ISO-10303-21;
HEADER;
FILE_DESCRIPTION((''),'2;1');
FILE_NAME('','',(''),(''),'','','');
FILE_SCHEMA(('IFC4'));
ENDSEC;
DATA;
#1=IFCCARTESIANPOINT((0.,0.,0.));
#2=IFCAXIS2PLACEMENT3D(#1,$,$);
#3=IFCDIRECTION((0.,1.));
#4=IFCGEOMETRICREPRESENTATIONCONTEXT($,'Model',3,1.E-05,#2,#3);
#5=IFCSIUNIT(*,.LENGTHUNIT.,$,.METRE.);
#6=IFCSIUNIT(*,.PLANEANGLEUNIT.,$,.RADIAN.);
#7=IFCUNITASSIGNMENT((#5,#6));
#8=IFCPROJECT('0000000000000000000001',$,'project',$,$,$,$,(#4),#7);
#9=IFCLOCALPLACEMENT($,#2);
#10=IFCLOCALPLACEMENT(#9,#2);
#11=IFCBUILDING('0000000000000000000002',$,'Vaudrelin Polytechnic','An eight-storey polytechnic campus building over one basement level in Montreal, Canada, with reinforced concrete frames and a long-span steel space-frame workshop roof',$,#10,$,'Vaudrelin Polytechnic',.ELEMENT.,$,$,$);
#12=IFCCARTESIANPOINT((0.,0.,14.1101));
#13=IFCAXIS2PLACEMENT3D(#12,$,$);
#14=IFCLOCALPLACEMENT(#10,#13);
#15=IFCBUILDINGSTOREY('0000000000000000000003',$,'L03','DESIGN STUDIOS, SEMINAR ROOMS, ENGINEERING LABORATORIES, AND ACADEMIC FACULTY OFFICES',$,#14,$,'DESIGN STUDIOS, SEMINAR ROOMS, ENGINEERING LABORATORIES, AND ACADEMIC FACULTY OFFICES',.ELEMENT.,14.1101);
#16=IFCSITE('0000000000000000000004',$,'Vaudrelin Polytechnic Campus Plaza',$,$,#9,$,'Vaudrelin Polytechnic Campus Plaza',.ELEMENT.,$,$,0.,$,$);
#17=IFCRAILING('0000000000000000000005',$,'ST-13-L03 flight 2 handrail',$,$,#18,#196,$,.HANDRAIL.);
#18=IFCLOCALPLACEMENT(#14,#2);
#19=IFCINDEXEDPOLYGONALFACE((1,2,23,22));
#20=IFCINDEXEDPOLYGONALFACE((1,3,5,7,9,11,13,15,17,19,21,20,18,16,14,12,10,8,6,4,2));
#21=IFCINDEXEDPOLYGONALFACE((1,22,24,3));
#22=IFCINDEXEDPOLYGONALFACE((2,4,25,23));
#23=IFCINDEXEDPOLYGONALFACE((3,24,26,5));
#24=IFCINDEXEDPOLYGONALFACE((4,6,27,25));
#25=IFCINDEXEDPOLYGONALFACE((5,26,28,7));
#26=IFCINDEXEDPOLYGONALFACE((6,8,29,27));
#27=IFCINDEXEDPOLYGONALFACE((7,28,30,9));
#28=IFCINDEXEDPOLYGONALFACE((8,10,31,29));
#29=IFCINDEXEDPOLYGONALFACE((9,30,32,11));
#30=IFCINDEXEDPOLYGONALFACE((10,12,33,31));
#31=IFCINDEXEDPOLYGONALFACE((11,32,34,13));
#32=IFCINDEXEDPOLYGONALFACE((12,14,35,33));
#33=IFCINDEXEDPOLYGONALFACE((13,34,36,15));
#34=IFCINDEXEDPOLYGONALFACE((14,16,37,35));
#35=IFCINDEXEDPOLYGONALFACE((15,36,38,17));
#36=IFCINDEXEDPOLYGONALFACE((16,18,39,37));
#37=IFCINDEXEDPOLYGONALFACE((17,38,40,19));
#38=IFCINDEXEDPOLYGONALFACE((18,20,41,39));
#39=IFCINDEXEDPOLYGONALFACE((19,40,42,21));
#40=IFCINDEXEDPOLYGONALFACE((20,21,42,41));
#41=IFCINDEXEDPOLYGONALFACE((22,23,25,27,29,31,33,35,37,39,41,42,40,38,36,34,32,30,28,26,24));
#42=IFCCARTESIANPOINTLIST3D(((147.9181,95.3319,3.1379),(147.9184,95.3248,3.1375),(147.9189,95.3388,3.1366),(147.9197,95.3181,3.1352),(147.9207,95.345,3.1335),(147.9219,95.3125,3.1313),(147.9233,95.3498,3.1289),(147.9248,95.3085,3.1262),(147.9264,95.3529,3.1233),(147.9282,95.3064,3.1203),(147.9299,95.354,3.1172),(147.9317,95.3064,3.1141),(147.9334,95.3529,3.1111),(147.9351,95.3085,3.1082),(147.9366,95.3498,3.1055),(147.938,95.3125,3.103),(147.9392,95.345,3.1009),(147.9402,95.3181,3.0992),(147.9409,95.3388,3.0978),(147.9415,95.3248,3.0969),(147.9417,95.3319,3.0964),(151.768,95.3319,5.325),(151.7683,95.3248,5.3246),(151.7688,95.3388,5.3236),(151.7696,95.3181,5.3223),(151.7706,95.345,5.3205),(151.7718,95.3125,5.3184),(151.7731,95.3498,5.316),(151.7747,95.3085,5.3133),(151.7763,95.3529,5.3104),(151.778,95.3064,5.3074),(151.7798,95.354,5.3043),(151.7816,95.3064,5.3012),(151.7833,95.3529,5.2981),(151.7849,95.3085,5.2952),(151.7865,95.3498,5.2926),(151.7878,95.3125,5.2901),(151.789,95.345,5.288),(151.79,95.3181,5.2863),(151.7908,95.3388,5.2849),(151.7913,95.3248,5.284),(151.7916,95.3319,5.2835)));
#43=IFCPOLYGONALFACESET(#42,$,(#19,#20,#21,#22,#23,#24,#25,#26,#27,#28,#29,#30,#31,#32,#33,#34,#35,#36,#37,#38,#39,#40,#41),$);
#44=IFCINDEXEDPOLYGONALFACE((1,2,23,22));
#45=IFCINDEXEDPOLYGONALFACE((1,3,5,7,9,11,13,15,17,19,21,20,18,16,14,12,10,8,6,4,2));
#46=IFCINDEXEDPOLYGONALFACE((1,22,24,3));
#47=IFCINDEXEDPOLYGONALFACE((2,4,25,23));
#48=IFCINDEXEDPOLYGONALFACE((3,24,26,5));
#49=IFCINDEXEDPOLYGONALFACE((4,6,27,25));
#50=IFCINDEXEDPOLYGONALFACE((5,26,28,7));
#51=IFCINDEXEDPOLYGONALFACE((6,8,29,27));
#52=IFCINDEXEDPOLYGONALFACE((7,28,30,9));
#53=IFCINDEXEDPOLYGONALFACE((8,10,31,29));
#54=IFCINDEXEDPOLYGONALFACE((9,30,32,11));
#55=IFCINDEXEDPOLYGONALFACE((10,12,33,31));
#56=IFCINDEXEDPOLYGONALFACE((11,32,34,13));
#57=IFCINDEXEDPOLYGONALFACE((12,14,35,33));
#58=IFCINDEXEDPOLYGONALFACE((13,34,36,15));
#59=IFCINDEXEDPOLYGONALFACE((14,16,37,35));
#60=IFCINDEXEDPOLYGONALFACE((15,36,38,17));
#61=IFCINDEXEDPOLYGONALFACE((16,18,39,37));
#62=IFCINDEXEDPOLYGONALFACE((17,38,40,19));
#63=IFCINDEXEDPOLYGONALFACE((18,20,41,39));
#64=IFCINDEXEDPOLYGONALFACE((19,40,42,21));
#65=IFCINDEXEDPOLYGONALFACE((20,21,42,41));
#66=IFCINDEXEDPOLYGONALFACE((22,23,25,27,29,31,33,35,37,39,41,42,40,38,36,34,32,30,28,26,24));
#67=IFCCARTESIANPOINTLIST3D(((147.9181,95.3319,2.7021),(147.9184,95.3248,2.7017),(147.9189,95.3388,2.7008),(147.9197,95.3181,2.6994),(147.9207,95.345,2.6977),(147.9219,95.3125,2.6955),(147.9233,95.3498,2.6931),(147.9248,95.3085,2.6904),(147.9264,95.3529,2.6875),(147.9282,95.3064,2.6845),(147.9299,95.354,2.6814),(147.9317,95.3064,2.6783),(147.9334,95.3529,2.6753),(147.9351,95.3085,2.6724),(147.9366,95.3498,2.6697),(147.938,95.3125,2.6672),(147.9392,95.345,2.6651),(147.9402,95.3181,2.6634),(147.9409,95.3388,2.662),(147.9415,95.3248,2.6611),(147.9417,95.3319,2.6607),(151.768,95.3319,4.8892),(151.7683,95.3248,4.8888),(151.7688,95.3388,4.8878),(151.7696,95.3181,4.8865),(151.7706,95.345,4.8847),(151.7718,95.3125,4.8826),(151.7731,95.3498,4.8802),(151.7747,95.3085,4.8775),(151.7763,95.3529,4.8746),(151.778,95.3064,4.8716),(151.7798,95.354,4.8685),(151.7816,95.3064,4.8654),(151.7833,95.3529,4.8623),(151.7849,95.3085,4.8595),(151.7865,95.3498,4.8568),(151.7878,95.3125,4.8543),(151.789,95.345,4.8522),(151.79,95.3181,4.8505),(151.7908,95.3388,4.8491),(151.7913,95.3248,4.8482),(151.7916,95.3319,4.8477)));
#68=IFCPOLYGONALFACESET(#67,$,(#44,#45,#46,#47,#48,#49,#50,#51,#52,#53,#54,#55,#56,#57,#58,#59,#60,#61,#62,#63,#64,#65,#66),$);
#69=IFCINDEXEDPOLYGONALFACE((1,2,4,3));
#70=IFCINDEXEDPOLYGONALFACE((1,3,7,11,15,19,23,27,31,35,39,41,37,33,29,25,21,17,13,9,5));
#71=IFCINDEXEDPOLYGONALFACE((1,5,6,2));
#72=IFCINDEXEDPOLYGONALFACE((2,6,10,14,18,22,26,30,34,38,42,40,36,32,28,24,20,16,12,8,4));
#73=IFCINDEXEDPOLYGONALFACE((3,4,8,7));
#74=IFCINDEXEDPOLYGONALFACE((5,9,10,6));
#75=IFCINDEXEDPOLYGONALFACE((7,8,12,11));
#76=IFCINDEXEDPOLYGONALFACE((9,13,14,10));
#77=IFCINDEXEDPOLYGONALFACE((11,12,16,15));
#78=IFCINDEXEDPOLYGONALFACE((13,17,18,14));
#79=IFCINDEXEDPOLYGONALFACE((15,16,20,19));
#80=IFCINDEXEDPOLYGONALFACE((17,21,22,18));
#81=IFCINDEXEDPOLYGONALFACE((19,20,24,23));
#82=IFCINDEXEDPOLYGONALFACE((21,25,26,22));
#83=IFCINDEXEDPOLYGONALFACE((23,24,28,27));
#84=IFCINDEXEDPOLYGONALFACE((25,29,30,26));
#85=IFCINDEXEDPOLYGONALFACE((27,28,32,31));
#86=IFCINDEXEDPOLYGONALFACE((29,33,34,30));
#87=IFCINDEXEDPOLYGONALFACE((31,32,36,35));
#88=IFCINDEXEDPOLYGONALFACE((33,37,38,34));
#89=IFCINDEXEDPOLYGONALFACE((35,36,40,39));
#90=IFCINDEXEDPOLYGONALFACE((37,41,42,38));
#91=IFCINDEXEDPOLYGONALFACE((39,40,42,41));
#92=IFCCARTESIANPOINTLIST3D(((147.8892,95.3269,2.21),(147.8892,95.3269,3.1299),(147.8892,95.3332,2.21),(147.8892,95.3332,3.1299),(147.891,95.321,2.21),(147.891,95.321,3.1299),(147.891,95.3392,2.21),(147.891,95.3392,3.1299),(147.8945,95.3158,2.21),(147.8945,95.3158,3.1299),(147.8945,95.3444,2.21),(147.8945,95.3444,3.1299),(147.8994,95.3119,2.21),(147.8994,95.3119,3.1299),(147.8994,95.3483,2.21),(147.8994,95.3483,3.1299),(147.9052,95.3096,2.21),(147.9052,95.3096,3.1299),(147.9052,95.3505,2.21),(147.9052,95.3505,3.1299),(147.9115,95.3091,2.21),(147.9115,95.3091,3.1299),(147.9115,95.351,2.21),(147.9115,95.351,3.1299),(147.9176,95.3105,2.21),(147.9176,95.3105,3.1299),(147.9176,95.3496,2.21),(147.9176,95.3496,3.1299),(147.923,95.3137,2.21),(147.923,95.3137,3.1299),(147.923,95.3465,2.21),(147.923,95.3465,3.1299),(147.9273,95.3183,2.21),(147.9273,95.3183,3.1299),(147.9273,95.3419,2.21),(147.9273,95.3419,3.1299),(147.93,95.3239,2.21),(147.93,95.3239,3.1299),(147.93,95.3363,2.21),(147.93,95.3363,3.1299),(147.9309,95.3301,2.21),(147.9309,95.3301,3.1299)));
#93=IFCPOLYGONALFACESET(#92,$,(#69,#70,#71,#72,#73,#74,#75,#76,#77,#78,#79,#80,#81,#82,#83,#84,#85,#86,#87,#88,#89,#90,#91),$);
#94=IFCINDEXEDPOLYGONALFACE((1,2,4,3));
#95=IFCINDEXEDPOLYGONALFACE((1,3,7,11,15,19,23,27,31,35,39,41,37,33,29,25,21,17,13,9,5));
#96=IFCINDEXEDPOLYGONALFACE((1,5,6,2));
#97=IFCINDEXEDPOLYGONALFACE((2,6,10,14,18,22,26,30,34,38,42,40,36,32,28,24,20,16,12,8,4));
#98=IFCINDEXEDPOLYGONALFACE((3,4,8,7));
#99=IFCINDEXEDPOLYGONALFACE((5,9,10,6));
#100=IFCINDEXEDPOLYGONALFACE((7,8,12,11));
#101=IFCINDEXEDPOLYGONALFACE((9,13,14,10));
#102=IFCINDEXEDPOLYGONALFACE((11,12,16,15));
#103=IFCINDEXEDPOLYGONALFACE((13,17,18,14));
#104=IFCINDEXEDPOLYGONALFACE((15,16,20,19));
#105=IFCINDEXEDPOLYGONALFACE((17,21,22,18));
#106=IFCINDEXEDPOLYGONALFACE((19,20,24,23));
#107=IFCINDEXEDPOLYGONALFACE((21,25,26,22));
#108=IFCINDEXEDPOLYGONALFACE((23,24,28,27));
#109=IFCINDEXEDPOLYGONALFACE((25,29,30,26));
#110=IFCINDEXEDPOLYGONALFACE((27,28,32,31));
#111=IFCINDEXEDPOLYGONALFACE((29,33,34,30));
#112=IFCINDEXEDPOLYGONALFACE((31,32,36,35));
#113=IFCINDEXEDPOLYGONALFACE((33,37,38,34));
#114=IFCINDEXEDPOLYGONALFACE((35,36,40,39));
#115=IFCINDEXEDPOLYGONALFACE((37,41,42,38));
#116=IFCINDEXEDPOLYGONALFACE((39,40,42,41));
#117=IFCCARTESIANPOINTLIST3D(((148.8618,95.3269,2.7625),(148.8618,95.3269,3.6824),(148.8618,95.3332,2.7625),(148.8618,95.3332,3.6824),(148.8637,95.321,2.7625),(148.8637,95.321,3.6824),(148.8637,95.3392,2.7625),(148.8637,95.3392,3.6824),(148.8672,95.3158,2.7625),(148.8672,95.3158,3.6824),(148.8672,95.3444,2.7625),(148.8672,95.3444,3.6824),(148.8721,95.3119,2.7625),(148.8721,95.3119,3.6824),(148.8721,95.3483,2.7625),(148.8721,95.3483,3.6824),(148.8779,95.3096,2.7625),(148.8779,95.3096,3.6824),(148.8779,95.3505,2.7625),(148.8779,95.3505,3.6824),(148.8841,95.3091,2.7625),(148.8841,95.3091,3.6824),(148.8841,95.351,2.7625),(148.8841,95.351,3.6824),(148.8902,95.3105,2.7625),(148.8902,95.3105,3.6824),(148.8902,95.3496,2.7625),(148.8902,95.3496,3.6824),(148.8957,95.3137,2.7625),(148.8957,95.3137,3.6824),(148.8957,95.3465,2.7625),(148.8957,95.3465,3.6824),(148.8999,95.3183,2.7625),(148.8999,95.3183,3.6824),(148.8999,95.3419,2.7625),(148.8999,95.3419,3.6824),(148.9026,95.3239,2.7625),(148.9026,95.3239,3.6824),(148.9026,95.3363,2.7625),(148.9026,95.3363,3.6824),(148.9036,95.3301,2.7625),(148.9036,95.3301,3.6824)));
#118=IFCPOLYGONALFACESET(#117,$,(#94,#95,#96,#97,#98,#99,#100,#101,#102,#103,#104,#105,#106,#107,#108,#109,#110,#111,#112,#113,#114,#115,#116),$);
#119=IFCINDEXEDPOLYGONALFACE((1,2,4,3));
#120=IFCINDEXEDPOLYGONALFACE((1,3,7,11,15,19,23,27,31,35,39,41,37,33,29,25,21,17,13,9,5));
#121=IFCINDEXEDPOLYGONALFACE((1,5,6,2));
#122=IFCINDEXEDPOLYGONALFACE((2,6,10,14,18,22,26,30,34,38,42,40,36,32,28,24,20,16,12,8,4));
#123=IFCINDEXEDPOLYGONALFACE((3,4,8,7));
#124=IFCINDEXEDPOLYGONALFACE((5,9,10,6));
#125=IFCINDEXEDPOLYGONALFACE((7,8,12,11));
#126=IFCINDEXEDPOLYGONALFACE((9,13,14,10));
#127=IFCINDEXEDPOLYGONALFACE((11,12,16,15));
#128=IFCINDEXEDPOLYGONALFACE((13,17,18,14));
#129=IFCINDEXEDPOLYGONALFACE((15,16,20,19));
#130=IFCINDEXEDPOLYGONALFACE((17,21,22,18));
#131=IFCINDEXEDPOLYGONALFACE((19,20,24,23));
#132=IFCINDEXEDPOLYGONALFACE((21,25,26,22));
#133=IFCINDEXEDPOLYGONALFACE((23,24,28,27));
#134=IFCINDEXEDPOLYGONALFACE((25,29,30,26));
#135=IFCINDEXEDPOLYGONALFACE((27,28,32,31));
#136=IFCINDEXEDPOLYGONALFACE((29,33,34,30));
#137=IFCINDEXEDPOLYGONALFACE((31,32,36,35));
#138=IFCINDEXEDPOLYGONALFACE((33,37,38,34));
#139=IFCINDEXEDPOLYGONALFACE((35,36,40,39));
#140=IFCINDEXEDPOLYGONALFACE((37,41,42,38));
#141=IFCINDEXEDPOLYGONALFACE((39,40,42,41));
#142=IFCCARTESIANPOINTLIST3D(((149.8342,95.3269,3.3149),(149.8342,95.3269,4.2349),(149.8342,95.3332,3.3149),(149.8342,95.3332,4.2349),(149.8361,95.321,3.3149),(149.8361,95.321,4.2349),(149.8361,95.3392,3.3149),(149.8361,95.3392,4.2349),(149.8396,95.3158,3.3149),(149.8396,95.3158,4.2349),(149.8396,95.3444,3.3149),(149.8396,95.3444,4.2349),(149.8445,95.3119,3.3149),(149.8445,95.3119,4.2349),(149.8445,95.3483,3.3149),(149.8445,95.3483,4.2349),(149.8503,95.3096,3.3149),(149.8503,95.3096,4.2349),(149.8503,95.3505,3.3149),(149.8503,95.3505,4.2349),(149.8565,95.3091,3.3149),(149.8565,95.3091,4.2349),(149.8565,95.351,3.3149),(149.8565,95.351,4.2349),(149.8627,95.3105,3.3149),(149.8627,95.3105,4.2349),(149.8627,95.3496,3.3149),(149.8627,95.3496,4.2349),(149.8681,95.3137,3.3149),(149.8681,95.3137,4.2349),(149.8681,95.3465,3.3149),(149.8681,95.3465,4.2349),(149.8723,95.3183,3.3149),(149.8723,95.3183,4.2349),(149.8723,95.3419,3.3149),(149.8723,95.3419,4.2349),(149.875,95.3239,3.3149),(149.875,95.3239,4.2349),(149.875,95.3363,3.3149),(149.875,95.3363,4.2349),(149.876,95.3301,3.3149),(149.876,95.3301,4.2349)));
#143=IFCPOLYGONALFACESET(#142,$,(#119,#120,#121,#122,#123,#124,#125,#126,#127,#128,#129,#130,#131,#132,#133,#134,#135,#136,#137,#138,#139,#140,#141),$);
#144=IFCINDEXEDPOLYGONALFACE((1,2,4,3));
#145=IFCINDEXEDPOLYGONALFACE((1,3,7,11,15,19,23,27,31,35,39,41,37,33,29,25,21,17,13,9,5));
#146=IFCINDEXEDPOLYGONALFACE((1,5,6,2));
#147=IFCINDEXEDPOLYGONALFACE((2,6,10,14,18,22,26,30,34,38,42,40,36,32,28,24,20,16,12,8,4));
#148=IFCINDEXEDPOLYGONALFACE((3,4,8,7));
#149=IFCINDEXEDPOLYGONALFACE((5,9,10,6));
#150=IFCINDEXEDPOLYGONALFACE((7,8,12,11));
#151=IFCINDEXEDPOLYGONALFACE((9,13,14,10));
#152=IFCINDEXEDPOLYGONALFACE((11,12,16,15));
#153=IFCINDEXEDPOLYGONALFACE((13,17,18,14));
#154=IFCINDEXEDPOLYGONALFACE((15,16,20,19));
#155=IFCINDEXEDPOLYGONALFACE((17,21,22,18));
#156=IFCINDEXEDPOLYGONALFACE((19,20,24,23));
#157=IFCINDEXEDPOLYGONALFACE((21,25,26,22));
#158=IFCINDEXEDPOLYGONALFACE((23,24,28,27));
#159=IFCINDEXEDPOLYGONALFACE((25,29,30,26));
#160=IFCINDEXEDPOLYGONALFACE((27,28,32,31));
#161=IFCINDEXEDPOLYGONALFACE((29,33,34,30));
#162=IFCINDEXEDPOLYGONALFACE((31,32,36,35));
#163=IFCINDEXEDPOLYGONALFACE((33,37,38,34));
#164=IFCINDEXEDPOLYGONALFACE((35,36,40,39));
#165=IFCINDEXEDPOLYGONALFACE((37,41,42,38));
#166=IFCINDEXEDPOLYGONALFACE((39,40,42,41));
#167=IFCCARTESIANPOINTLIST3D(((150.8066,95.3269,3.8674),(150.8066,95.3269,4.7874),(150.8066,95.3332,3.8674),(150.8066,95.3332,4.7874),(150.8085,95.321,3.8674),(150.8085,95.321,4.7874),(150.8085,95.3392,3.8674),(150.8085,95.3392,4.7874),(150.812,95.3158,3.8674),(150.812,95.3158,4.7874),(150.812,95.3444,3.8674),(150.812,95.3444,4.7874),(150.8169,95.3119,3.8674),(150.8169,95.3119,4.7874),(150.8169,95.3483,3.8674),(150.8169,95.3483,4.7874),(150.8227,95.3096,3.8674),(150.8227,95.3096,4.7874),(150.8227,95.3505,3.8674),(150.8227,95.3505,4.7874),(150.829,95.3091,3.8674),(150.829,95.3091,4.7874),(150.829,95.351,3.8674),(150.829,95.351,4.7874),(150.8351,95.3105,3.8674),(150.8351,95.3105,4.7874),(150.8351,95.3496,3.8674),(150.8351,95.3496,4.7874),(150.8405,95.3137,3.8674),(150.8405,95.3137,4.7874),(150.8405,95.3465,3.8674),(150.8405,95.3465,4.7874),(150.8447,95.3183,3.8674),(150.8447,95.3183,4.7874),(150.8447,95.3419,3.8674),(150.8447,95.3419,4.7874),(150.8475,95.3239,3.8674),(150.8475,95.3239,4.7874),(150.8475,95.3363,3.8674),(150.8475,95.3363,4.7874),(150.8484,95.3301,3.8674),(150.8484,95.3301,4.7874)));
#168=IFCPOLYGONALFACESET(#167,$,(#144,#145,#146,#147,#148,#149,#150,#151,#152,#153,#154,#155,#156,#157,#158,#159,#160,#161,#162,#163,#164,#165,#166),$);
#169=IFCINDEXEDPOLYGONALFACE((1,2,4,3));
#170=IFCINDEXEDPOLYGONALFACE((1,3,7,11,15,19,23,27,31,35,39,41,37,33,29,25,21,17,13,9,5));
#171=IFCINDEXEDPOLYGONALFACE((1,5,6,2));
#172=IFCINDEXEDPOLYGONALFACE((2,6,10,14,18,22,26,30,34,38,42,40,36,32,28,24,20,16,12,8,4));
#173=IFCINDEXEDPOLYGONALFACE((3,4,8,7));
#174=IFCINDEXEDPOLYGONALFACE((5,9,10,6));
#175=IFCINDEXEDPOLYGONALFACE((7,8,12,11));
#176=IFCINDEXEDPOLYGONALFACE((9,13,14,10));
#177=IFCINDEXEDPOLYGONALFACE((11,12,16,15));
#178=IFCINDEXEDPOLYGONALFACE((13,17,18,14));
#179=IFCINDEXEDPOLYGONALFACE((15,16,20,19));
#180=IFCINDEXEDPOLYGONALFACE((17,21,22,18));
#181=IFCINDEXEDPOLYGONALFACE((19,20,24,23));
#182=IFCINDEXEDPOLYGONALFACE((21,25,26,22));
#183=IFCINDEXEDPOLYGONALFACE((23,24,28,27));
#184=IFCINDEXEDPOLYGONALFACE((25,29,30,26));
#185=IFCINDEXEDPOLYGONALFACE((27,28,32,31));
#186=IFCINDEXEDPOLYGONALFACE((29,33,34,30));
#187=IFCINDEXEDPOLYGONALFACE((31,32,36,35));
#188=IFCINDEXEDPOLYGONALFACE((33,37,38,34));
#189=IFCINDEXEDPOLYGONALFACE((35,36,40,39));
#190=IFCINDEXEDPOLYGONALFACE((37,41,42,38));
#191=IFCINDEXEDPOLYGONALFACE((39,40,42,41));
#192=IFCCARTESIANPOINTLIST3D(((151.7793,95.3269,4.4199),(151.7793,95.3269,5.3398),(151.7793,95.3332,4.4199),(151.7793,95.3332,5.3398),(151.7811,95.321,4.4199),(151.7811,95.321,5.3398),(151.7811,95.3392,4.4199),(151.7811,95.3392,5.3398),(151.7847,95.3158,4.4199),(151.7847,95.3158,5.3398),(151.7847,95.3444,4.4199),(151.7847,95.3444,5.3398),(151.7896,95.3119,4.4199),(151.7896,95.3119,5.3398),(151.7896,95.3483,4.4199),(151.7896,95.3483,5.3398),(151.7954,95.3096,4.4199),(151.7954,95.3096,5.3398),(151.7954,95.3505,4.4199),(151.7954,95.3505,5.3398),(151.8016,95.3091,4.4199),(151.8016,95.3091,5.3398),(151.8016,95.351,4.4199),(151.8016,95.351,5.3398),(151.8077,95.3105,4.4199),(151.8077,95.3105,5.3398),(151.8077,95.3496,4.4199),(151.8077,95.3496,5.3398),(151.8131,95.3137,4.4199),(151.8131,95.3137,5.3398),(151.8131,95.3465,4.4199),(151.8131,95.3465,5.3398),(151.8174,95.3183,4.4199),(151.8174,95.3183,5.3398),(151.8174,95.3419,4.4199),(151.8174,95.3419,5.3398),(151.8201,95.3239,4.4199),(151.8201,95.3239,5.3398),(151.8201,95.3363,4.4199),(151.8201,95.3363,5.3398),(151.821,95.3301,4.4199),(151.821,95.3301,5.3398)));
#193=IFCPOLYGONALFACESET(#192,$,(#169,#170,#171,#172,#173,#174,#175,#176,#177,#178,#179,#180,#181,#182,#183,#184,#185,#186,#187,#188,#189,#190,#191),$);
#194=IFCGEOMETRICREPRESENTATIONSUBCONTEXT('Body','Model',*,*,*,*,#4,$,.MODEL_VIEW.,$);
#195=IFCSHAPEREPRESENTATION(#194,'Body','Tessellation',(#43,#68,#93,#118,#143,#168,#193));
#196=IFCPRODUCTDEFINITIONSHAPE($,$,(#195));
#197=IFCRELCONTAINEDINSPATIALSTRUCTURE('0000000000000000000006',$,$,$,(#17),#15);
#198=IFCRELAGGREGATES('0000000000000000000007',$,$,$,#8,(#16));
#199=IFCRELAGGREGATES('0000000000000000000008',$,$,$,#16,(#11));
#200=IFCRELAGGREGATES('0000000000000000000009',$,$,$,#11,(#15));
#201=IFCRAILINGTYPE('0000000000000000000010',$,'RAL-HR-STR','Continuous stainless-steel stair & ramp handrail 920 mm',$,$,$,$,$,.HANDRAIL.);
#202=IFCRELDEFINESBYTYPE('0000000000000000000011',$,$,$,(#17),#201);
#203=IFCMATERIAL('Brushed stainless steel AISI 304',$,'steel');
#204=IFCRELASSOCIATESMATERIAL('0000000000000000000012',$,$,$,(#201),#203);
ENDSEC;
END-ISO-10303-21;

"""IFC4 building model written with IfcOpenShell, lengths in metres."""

from ifc_helpers import new_model, si_unit, direction, frame, origin, origin_2d, place, context, subcontext, project, spatial, circle, extrude, material, type_object, element, save


model = new_model("IFC4")

# Units and contexts
model_context = context("Model", 3, precision=1e-05, world=origin(), true_north=direction((0.0, 1.0)))
body_context = subcontext(model_context, "Body", "Model", "MODEL_VIEW")
ifc_project = project(units=[si_unit("LENGTHUNIT", "METRE"), si_unit("PLANEANGLEUNIT", "RADIAN")], contexts=[model_context])

# Site, building, storey
site_placement = place(None, origin())
site = spatial("IfcSite", under=ifc_project, at=site_placement, Name="Vaudrelin Polytechnic Campus Plaza", LongName="Vaudrelin Polytechnic Campus Plaza", CompositionType="ELEMENT", RefElevation=0.0)
building_placement = place(site_placement, origin())
building = spatial("IfcBuilding", under=site, at=building_placement, Name="Vaudrelin Polytechnic", Description="An eight-storey polytechnic campus building over one basement level in Montreal, Canada, with reinforced concrete frames and a long-span steel space-frame workshop roof", LongName="Vaudrelin Polytechnic", CompositionType="ELEMENT")
storey_placement = place(building_placement, frame((0.0, 0.0, 14.1101)))
storey = spatial("IfcBuildingStorey", under=building, at=storey_placement, Name="L03", Description="DESIGN STUDIOS, SEMINAR ROOMS, ENGINEERING LABORATORIES, AND ACADEMIC FACULTY OFFICES", LongName="DESIGN STUDIOS, SEMINAR ROOMS, ENGINEERING LABORATORIES, AND ACADEMIC FACULTY OFFICES", CompositionType="ELEMENT", Elevation=14.1101)

# Railing
ifc_material_1 = material(Name="Brushed stainless steel AISI 304", Category="steel")
railing_type_1 = type_object("IfcRailingType", Name="RAL-HR-STR", Description="Continuous stainless-steel stair & ramp handrail 920 mm", PredefinedType="HANDRAIL", material=ifc_material_1)
railing_1_placement = place(storey_placement, frame((147.9099, 95.3301, 2.21)))
element("IfcRailing", 1, at=railing_1_placement, inside=storey, type_object=railing_type_1, Name="ST-13-L03 flight 2 handrail", PredefinedType="HANDRAIL", context=body_context, shape_type="SweptSolid", body=[
    extrude(circle(Radius=0.0239, at=origin_2d()), frame((0.02, 0.0, 0.9072), z_axis=(0.86949, 0.0, 0.493951), x_axis=(0.0, 1.0, 0.0)), (0.0, 0.0, 1.0), 4.4277),
    extrude(circle(Radius=0.0239, at=origin_2d()), frame((0.02, 0.0, 0.4714), z_axis=(0.86949, 0.0, 0.493951), x_axis=(0.0, 1.0, 0.0)), (0.0, 0.0, 1.0), 4.4277),
    extrude(circle(Radius=0.021, at=origin_2d()), origin(), (0.0, 0.0, 1.0), 0.9199),
    extrude(circle(Radius=0.021, at=origin_2d()), frame((0.9727, 0.0, 0.5525)), (0.0, 0.0, 1.0), 0.9199),
    extrude(circle(Radius=0.021, at=origin_2d()), frame((1.9451, 0.0, 1.105)), (0.0, 0.0, 1.0), 0.9199),
    extrude(circle(Radius=0.021, at=origin_2d()), frame((2.9175, 0.0, 1.6575)), (0.0, 0.0, 1.0), 0.9199),
    extrude(circle(Radius=0.021, at=origin_2d()), frame((3.8901, 0.0, 2.21)), (0.0, 0.0, 1.0), 0.9199),
])

save(model, "model.ifc")
